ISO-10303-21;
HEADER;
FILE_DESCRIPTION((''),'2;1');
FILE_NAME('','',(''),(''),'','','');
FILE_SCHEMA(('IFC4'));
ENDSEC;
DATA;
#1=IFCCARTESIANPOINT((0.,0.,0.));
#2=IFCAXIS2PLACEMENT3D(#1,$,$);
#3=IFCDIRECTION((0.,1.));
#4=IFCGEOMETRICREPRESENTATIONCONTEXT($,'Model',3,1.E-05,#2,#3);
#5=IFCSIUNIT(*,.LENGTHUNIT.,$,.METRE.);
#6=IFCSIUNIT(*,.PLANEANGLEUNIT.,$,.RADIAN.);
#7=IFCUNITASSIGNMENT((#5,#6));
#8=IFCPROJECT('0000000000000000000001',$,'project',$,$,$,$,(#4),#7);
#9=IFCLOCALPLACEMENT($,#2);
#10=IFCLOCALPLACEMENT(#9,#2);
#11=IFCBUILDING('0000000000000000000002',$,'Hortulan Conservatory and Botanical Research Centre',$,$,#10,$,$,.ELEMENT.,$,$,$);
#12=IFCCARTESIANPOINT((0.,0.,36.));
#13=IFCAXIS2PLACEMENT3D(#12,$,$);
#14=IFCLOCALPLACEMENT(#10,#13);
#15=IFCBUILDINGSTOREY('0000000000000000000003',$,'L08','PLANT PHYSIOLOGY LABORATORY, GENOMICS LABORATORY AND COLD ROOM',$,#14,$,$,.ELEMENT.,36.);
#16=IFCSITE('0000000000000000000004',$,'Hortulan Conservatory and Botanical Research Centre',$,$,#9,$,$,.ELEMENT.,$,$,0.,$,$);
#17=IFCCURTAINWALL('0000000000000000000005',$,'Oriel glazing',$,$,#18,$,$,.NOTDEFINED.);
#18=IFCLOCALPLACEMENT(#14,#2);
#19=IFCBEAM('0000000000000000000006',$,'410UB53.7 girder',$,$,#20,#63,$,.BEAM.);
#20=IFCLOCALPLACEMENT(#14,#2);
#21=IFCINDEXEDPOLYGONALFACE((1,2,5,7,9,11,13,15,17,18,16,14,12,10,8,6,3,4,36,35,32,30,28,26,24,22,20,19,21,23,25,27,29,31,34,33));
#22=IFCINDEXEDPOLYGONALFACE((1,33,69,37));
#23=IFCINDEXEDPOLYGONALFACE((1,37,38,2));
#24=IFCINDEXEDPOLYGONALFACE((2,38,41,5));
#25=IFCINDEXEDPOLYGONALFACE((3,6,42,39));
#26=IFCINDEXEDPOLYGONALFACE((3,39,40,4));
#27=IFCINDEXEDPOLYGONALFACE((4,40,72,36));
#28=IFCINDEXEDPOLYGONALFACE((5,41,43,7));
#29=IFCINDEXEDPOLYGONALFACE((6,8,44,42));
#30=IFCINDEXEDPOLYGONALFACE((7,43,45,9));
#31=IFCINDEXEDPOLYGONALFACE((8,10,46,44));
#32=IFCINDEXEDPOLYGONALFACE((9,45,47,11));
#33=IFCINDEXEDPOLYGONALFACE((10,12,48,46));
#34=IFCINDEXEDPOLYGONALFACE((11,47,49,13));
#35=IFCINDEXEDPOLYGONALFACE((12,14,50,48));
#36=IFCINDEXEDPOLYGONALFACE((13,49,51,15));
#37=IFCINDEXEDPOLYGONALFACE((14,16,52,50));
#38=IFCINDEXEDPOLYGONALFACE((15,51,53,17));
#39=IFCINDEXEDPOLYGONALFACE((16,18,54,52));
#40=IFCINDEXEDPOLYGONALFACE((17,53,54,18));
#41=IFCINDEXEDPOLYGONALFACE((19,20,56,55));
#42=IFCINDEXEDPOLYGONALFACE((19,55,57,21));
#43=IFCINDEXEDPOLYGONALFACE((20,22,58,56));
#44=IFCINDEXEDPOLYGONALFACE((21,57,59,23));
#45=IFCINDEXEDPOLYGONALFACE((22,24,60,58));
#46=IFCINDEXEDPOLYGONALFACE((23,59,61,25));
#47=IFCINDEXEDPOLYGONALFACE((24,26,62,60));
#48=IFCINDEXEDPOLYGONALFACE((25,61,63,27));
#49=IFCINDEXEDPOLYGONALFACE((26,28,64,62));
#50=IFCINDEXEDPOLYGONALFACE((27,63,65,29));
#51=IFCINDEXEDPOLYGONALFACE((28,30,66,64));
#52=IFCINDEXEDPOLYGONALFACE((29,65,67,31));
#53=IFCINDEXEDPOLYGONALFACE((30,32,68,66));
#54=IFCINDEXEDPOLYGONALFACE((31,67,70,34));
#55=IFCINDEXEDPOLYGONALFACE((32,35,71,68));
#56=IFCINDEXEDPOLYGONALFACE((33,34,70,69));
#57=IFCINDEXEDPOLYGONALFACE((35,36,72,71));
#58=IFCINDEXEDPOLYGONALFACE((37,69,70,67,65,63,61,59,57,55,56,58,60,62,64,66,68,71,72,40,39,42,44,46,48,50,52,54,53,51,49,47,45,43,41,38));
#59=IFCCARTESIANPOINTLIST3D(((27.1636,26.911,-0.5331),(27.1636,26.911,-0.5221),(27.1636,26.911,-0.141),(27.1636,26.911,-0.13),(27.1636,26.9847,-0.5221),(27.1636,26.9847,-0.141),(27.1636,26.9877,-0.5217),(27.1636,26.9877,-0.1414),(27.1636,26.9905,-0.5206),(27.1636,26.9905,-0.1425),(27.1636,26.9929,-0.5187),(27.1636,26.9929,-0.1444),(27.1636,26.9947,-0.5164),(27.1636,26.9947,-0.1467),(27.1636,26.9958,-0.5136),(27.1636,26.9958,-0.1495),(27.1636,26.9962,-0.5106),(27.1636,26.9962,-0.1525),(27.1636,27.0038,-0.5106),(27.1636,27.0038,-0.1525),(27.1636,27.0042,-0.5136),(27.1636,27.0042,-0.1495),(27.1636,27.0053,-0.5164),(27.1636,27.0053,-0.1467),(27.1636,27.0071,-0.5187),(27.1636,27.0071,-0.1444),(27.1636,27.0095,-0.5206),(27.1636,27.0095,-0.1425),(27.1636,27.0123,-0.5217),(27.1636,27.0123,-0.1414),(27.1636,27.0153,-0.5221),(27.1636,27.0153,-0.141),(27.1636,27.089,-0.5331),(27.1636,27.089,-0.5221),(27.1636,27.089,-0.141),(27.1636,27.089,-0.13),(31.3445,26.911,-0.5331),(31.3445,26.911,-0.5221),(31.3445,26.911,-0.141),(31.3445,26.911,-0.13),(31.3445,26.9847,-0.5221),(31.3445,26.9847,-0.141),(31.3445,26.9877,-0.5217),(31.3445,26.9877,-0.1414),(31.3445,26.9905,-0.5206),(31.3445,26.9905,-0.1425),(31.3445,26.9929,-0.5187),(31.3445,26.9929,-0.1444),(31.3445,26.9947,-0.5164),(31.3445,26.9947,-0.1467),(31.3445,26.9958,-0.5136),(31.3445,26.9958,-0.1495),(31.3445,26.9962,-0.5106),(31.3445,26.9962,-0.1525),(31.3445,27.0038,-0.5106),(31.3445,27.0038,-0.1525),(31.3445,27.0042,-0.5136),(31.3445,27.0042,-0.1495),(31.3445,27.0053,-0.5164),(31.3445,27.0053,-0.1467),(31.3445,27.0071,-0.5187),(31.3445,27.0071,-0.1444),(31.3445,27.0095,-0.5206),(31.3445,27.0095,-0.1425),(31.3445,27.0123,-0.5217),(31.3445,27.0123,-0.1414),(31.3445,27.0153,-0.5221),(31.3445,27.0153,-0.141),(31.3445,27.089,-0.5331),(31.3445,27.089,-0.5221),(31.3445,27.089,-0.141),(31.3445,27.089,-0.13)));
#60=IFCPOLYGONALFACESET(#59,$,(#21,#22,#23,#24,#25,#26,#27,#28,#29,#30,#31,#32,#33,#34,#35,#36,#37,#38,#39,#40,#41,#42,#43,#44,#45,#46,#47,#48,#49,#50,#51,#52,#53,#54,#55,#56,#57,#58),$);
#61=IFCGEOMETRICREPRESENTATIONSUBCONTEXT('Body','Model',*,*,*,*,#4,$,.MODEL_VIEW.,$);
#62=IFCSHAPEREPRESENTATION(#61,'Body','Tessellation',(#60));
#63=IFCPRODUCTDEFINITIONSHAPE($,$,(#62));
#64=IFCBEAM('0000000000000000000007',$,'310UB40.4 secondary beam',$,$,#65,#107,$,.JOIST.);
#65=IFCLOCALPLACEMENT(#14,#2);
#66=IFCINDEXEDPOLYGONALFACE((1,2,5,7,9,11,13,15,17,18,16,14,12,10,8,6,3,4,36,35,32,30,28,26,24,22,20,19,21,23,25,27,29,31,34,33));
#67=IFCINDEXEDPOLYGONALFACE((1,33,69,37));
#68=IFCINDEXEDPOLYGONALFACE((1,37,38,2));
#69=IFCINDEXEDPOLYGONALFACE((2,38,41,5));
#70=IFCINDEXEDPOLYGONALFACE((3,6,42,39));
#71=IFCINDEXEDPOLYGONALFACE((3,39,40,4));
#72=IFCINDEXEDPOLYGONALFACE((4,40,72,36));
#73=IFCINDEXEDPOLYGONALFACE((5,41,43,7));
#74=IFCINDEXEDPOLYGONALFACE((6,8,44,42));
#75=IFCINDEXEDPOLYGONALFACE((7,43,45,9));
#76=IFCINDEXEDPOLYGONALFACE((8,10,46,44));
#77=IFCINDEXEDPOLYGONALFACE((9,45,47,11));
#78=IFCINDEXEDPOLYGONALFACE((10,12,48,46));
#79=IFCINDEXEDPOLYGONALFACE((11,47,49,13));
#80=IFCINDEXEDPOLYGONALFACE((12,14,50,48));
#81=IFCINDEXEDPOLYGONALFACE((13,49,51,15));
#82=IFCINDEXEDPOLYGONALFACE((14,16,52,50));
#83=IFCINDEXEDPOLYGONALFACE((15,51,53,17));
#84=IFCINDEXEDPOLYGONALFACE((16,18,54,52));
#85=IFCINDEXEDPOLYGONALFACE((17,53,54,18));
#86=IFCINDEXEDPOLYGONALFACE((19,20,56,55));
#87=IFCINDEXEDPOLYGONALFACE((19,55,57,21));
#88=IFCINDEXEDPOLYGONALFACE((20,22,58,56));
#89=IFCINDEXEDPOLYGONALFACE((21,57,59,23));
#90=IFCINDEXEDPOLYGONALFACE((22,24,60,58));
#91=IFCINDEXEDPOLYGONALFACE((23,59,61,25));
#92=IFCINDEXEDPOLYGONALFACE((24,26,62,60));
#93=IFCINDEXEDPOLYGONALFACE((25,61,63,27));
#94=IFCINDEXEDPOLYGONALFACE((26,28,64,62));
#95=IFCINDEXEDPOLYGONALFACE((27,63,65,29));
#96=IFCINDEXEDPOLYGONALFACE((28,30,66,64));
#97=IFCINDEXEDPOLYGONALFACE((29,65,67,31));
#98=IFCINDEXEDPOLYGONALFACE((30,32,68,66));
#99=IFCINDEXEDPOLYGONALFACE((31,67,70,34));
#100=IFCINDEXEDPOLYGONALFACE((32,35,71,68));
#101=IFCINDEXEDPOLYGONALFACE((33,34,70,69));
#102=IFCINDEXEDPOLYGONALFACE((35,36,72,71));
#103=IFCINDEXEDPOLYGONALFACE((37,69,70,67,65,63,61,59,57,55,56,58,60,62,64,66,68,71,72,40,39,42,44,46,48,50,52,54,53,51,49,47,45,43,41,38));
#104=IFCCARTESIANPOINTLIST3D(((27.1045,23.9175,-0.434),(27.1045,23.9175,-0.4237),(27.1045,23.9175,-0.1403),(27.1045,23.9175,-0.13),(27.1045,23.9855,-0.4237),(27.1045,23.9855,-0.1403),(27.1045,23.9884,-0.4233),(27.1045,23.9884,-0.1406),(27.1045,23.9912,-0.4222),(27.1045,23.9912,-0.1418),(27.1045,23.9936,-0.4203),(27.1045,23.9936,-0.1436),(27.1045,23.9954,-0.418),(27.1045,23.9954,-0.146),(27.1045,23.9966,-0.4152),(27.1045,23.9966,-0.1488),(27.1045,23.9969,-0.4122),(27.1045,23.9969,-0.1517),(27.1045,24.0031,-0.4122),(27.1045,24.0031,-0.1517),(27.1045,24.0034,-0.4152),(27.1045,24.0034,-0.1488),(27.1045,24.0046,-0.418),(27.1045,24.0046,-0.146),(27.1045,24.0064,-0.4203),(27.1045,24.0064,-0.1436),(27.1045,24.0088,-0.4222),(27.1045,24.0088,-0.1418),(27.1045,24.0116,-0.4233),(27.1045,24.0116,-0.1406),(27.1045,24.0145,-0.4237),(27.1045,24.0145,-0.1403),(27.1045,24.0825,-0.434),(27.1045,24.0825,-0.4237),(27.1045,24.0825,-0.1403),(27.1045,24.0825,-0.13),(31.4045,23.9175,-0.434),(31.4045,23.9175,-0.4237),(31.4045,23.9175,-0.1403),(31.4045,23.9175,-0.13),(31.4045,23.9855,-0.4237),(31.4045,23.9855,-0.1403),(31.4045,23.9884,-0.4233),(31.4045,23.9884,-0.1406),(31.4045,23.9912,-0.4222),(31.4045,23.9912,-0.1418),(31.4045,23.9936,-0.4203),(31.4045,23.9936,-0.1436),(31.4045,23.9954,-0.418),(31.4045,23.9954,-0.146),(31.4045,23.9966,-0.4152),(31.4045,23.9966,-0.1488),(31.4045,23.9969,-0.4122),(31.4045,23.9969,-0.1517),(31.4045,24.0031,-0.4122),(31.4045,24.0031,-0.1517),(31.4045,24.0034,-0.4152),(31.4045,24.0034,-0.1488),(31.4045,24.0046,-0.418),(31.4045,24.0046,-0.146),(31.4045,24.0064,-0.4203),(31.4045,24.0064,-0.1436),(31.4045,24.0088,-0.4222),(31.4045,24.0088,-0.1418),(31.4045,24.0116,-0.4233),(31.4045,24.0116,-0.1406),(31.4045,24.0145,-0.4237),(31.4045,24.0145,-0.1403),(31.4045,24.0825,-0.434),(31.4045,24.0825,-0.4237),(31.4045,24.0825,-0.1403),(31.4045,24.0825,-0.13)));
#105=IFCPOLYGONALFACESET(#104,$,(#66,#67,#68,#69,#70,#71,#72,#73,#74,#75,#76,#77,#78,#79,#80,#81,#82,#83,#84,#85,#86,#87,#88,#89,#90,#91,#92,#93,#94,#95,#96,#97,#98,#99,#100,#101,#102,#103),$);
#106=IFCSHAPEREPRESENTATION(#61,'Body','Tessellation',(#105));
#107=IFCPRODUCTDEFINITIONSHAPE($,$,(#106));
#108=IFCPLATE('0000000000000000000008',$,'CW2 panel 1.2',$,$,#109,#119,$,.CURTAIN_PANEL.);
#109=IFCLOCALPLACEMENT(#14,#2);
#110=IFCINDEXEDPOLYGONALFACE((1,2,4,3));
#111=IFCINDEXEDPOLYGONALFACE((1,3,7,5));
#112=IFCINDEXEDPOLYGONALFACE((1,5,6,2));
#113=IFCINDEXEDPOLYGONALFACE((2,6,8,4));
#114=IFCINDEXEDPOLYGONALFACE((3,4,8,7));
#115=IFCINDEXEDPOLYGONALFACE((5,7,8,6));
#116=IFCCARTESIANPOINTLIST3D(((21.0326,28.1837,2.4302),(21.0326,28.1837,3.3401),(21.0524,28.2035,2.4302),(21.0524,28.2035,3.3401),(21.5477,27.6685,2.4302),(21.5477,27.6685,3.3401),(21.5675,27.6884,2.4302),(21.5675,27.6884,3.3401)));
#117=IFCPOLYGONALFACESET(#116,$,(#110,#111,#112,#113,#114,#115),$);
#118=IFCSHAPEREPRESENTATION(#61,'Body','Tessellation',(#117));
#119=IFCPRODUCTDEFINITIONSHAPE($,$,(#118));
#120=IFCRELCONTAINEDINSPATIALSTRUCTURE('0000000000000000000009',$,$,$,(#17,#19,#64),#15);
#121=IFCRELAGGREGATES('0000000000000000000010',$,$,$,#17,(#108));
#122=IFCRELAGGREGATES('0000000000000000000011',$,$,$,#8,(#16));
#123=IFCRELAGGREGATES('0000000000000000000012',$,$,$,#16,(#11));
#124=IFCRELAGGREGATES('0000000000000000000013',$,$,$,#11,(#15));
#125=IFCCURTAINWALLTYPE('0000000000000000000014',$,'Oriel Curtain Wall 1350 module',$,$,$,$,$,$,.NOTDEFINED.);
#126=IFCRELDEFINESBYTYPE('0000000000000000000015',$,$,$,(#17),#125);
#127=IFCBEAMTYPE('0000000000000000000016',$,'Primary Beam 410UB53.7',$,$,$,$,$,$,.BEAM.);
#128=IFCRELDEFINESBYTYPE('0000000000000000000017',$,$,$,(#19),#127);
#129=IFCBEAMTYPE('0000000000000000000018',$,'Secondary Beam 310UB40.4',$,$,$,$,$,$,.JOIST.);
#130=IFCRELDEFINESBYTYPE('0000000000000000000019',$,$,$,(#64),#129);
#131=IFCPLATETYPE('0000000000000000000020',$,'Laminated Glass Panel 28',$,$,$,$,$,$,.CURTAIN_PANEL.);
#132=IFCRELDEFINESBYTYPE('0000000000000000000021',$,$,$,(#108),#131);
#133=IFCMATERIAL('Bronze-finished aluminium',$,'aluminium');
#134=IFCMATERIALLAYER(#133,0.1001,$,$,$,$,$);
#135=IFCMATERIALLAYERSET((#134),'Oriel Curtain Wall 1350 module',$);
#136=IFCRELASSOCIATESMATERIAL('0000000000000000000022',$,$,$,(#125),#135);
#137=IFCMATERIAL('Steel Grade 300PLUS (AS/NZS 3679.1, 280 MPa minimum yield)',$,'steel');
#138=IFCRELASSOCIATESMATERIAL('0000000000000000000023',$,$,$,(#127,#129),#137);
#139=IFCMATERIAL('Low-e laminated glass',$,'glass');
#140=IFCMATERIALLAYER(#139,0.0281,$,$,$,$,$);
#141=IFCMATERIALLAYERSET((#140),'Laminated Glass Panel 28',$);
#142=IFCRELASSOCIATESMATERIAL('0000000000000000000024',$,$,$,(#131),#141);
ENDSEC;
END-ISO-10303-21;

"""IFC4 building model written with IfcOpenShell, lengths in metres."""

from ifc_helpers import new_model, si_unit, direction, frame, origin, origin_2d, place, context, subcontext, project, spatial, rectangle, i_section, extrude, material, layer, layer_set, material_profile, profile_set, type_object, element, aggregate, save


model = new_model("IFC4")

# Units and contexts
model_context = context("Model", 3, precision=1e-05, world=origin(), true_north=direction((0.0, 1.0)))
body_context = subcontext(model_context, "Body", "Model", "MODEL_VIEW")
ifc_project = project(units=[si_unit("LENGTHUNIT", "METRE"), si_unit("PLANEANGLEUNIT", "RADIAN")], contexts=[model_context])

# Site, building, storey
site_placement = place(None, origin())
site = spatial("IfcSite", under=ifc_project, at=site_placement, Name="Hortulan Conservatory and Botanical Research Centre", CompositionType="ELEMENT", RefElevation=0.0)
building_placement = place(site_placement, origin())
building = spatial("IfcBuilding", under=site, at=building_placement, Name="Hortulan Conservatory and Botanical Research Centre", CompositionType="ELEMENT")
storey_placement = place(building_placement, frame((0.0, 0.0, 36.0)))
storey = spatial("IfcBuildingStorey", under=building, at=storey_placement, Name="L08", Description="PLANT PHYSIOLOGY LABORATORY, GENOMICS LABORATORY AND COLD ROOM", CompositionType="ELEMENT", Elevation=36.0)

# Shared definitions
ifc_material_1 = material(Name="Steel Grade 300PLUS (AS/NZS 3679.1, 280 MPa minimum yield)", Category="steel")

# Curtain wall
ifc_material_2 = material(Name="Bronze-finished aluminium", Category="aluminium")
ifc_layer_1 = layer(ifc_material_2, 0.1001)
ifc_layer_set_1 = layer_set([ifc_layer_1], Name="Oriel Curtain Wall 1350 module")
curtain_wall_type = type_object("IfcCurtainWallType", Name="Oriel Curtain Wall 1350 module", PredefinedType="NOTDEFINED", material=ifc_layer_set_1)
curtain_wall_placement = place(storey_placement, origin())
curtain_wall = element("IfcCurtainWall", 1, at=curtain_wall_placement, inside=storey, type_object=curtain_wall_type, Name="Oriel glazing", PredefinedType="NOTDEFINED")

# Beams
ifc_material_profile_1 = material_profile(ifc_material_1, i_section(OverallWidth=0.178, OverallDepth=0.4031, WebThickness=0.0076, FlangeThickness=0.011, FilletRadius=0.0115, at=origin_2d()), Name="410UB53.7")
ifc_profile_set_1 = profile_set([ifc_material_profile_1], Name="Steel Grade 300PLUS (AS/NZS 3679.1, 280 MPa minimum yield)")
beam_type_1 = type_object("IfcBeamType", Name="Primary Beam 410UB53.7", PredefinedType="BEAM", material=ifc_profile_set_1)
beam_1_placement = place(storey_placement, frame((27.1636, 27.0, -0.3315), z_axis=(1.0, 0.0, 0.0), x_axis=(0.0, 1.0, 0.0)))
element("IfcBeam", 2, at=beam_1_placement, inside=storey, type_object=beam_type_1, Name="410UB53.7 girder", PredefinedType="BEAM", context=body_context, shape_type="SweptSolid", body=[
    extrude(i_section(OverallWidth=0.178, OverallDepth=0.4031, WebThickness=0.0076, FlangeThickness=0.011, FilletRadius=0.0115, at=origin_2d()), origin(), (0.0, 0.0, 1.0), 4.1809),
])
ifc_material_profile_2 = material_profile(ifc_material_1, i_section(OverallWidth=0.165, OverallDepth=0.304, WebThickness=0.0061, FlangeThickness=0.0103, FilletRadius=0.0115, at=origin_2d()), Name="310UB40.4")
ifc_profile_set_2 = profile_set([ifc_material_profile_2], Name="Steel Grade 300PLUS (AS/NZS 3679.1, 280 MPa minimum yield)")
beam_type_2 = type_object("IfcBeamType", Name="Secondary Beam 310UB40.4", PredefinedType="JOIST", material=ifc_profile_set_2)
beam_2_placement = place(storey_placement, frame((27.1045, 24.0, -0.282), z_axis=(1.0, 0.0, 0.0), x_axis=(0.0, 1.0, 0.0)))
element("IfcBeam", 3, at=beam_2_placement, inside=storey, type_object=beam_type_2, Name="310UB40.4 secondary beam", PredefinedType="JOIST", context=body_context, shape_type="SweptSolid", body=[
    extrude(i_section(OverallWidth=0.165, OverallDepth=0.304, WebThickness=0.0061, FlangeThickness=0.0103, FilletRadius=0.0115, at=origin_2d()), origin(), (0.0, 0.0, 1.0), 4.3),
])

# Plate
ifc_material_3 = material(Name="Low-e laminated glass", Category="glass")
ifc_layer_2 = layer(ifc_material_3, 0.0281)
ifc_layer_set_2 = layer_set([ifc_layer_2], Name="Laminated Glass Panel 28")
plate_type = type_object("IfcPlateType", Name="Laminated Glass Panel 28", PredefinedType="CURTAIN_PANEL", material=ifc_layer_set_2)
plate_placement = place(storey_placement, frame((21.3, 27.936, 2.4302), z_axis=(0.0, 0.0, 1.0), x_axis=(0.707107, -0.707107, 0.0)))
plate = element("IfcPlate", 4, at=plate_placement, type_object=plate_type, Name="CW2 panel 1.2", PredefinedType="CURTAIN_PANEL", context=body_context, shape_type="SweptSolid", body=[
    extrude(rectangle(XDim=0.7285, YDim=0.0281, at=origin_2d()), origin(), (0.0, 0.0, 1.0), 0.9099),
])
aggregate(curtain_wall, [plate])

save(model, "model.ifc")
